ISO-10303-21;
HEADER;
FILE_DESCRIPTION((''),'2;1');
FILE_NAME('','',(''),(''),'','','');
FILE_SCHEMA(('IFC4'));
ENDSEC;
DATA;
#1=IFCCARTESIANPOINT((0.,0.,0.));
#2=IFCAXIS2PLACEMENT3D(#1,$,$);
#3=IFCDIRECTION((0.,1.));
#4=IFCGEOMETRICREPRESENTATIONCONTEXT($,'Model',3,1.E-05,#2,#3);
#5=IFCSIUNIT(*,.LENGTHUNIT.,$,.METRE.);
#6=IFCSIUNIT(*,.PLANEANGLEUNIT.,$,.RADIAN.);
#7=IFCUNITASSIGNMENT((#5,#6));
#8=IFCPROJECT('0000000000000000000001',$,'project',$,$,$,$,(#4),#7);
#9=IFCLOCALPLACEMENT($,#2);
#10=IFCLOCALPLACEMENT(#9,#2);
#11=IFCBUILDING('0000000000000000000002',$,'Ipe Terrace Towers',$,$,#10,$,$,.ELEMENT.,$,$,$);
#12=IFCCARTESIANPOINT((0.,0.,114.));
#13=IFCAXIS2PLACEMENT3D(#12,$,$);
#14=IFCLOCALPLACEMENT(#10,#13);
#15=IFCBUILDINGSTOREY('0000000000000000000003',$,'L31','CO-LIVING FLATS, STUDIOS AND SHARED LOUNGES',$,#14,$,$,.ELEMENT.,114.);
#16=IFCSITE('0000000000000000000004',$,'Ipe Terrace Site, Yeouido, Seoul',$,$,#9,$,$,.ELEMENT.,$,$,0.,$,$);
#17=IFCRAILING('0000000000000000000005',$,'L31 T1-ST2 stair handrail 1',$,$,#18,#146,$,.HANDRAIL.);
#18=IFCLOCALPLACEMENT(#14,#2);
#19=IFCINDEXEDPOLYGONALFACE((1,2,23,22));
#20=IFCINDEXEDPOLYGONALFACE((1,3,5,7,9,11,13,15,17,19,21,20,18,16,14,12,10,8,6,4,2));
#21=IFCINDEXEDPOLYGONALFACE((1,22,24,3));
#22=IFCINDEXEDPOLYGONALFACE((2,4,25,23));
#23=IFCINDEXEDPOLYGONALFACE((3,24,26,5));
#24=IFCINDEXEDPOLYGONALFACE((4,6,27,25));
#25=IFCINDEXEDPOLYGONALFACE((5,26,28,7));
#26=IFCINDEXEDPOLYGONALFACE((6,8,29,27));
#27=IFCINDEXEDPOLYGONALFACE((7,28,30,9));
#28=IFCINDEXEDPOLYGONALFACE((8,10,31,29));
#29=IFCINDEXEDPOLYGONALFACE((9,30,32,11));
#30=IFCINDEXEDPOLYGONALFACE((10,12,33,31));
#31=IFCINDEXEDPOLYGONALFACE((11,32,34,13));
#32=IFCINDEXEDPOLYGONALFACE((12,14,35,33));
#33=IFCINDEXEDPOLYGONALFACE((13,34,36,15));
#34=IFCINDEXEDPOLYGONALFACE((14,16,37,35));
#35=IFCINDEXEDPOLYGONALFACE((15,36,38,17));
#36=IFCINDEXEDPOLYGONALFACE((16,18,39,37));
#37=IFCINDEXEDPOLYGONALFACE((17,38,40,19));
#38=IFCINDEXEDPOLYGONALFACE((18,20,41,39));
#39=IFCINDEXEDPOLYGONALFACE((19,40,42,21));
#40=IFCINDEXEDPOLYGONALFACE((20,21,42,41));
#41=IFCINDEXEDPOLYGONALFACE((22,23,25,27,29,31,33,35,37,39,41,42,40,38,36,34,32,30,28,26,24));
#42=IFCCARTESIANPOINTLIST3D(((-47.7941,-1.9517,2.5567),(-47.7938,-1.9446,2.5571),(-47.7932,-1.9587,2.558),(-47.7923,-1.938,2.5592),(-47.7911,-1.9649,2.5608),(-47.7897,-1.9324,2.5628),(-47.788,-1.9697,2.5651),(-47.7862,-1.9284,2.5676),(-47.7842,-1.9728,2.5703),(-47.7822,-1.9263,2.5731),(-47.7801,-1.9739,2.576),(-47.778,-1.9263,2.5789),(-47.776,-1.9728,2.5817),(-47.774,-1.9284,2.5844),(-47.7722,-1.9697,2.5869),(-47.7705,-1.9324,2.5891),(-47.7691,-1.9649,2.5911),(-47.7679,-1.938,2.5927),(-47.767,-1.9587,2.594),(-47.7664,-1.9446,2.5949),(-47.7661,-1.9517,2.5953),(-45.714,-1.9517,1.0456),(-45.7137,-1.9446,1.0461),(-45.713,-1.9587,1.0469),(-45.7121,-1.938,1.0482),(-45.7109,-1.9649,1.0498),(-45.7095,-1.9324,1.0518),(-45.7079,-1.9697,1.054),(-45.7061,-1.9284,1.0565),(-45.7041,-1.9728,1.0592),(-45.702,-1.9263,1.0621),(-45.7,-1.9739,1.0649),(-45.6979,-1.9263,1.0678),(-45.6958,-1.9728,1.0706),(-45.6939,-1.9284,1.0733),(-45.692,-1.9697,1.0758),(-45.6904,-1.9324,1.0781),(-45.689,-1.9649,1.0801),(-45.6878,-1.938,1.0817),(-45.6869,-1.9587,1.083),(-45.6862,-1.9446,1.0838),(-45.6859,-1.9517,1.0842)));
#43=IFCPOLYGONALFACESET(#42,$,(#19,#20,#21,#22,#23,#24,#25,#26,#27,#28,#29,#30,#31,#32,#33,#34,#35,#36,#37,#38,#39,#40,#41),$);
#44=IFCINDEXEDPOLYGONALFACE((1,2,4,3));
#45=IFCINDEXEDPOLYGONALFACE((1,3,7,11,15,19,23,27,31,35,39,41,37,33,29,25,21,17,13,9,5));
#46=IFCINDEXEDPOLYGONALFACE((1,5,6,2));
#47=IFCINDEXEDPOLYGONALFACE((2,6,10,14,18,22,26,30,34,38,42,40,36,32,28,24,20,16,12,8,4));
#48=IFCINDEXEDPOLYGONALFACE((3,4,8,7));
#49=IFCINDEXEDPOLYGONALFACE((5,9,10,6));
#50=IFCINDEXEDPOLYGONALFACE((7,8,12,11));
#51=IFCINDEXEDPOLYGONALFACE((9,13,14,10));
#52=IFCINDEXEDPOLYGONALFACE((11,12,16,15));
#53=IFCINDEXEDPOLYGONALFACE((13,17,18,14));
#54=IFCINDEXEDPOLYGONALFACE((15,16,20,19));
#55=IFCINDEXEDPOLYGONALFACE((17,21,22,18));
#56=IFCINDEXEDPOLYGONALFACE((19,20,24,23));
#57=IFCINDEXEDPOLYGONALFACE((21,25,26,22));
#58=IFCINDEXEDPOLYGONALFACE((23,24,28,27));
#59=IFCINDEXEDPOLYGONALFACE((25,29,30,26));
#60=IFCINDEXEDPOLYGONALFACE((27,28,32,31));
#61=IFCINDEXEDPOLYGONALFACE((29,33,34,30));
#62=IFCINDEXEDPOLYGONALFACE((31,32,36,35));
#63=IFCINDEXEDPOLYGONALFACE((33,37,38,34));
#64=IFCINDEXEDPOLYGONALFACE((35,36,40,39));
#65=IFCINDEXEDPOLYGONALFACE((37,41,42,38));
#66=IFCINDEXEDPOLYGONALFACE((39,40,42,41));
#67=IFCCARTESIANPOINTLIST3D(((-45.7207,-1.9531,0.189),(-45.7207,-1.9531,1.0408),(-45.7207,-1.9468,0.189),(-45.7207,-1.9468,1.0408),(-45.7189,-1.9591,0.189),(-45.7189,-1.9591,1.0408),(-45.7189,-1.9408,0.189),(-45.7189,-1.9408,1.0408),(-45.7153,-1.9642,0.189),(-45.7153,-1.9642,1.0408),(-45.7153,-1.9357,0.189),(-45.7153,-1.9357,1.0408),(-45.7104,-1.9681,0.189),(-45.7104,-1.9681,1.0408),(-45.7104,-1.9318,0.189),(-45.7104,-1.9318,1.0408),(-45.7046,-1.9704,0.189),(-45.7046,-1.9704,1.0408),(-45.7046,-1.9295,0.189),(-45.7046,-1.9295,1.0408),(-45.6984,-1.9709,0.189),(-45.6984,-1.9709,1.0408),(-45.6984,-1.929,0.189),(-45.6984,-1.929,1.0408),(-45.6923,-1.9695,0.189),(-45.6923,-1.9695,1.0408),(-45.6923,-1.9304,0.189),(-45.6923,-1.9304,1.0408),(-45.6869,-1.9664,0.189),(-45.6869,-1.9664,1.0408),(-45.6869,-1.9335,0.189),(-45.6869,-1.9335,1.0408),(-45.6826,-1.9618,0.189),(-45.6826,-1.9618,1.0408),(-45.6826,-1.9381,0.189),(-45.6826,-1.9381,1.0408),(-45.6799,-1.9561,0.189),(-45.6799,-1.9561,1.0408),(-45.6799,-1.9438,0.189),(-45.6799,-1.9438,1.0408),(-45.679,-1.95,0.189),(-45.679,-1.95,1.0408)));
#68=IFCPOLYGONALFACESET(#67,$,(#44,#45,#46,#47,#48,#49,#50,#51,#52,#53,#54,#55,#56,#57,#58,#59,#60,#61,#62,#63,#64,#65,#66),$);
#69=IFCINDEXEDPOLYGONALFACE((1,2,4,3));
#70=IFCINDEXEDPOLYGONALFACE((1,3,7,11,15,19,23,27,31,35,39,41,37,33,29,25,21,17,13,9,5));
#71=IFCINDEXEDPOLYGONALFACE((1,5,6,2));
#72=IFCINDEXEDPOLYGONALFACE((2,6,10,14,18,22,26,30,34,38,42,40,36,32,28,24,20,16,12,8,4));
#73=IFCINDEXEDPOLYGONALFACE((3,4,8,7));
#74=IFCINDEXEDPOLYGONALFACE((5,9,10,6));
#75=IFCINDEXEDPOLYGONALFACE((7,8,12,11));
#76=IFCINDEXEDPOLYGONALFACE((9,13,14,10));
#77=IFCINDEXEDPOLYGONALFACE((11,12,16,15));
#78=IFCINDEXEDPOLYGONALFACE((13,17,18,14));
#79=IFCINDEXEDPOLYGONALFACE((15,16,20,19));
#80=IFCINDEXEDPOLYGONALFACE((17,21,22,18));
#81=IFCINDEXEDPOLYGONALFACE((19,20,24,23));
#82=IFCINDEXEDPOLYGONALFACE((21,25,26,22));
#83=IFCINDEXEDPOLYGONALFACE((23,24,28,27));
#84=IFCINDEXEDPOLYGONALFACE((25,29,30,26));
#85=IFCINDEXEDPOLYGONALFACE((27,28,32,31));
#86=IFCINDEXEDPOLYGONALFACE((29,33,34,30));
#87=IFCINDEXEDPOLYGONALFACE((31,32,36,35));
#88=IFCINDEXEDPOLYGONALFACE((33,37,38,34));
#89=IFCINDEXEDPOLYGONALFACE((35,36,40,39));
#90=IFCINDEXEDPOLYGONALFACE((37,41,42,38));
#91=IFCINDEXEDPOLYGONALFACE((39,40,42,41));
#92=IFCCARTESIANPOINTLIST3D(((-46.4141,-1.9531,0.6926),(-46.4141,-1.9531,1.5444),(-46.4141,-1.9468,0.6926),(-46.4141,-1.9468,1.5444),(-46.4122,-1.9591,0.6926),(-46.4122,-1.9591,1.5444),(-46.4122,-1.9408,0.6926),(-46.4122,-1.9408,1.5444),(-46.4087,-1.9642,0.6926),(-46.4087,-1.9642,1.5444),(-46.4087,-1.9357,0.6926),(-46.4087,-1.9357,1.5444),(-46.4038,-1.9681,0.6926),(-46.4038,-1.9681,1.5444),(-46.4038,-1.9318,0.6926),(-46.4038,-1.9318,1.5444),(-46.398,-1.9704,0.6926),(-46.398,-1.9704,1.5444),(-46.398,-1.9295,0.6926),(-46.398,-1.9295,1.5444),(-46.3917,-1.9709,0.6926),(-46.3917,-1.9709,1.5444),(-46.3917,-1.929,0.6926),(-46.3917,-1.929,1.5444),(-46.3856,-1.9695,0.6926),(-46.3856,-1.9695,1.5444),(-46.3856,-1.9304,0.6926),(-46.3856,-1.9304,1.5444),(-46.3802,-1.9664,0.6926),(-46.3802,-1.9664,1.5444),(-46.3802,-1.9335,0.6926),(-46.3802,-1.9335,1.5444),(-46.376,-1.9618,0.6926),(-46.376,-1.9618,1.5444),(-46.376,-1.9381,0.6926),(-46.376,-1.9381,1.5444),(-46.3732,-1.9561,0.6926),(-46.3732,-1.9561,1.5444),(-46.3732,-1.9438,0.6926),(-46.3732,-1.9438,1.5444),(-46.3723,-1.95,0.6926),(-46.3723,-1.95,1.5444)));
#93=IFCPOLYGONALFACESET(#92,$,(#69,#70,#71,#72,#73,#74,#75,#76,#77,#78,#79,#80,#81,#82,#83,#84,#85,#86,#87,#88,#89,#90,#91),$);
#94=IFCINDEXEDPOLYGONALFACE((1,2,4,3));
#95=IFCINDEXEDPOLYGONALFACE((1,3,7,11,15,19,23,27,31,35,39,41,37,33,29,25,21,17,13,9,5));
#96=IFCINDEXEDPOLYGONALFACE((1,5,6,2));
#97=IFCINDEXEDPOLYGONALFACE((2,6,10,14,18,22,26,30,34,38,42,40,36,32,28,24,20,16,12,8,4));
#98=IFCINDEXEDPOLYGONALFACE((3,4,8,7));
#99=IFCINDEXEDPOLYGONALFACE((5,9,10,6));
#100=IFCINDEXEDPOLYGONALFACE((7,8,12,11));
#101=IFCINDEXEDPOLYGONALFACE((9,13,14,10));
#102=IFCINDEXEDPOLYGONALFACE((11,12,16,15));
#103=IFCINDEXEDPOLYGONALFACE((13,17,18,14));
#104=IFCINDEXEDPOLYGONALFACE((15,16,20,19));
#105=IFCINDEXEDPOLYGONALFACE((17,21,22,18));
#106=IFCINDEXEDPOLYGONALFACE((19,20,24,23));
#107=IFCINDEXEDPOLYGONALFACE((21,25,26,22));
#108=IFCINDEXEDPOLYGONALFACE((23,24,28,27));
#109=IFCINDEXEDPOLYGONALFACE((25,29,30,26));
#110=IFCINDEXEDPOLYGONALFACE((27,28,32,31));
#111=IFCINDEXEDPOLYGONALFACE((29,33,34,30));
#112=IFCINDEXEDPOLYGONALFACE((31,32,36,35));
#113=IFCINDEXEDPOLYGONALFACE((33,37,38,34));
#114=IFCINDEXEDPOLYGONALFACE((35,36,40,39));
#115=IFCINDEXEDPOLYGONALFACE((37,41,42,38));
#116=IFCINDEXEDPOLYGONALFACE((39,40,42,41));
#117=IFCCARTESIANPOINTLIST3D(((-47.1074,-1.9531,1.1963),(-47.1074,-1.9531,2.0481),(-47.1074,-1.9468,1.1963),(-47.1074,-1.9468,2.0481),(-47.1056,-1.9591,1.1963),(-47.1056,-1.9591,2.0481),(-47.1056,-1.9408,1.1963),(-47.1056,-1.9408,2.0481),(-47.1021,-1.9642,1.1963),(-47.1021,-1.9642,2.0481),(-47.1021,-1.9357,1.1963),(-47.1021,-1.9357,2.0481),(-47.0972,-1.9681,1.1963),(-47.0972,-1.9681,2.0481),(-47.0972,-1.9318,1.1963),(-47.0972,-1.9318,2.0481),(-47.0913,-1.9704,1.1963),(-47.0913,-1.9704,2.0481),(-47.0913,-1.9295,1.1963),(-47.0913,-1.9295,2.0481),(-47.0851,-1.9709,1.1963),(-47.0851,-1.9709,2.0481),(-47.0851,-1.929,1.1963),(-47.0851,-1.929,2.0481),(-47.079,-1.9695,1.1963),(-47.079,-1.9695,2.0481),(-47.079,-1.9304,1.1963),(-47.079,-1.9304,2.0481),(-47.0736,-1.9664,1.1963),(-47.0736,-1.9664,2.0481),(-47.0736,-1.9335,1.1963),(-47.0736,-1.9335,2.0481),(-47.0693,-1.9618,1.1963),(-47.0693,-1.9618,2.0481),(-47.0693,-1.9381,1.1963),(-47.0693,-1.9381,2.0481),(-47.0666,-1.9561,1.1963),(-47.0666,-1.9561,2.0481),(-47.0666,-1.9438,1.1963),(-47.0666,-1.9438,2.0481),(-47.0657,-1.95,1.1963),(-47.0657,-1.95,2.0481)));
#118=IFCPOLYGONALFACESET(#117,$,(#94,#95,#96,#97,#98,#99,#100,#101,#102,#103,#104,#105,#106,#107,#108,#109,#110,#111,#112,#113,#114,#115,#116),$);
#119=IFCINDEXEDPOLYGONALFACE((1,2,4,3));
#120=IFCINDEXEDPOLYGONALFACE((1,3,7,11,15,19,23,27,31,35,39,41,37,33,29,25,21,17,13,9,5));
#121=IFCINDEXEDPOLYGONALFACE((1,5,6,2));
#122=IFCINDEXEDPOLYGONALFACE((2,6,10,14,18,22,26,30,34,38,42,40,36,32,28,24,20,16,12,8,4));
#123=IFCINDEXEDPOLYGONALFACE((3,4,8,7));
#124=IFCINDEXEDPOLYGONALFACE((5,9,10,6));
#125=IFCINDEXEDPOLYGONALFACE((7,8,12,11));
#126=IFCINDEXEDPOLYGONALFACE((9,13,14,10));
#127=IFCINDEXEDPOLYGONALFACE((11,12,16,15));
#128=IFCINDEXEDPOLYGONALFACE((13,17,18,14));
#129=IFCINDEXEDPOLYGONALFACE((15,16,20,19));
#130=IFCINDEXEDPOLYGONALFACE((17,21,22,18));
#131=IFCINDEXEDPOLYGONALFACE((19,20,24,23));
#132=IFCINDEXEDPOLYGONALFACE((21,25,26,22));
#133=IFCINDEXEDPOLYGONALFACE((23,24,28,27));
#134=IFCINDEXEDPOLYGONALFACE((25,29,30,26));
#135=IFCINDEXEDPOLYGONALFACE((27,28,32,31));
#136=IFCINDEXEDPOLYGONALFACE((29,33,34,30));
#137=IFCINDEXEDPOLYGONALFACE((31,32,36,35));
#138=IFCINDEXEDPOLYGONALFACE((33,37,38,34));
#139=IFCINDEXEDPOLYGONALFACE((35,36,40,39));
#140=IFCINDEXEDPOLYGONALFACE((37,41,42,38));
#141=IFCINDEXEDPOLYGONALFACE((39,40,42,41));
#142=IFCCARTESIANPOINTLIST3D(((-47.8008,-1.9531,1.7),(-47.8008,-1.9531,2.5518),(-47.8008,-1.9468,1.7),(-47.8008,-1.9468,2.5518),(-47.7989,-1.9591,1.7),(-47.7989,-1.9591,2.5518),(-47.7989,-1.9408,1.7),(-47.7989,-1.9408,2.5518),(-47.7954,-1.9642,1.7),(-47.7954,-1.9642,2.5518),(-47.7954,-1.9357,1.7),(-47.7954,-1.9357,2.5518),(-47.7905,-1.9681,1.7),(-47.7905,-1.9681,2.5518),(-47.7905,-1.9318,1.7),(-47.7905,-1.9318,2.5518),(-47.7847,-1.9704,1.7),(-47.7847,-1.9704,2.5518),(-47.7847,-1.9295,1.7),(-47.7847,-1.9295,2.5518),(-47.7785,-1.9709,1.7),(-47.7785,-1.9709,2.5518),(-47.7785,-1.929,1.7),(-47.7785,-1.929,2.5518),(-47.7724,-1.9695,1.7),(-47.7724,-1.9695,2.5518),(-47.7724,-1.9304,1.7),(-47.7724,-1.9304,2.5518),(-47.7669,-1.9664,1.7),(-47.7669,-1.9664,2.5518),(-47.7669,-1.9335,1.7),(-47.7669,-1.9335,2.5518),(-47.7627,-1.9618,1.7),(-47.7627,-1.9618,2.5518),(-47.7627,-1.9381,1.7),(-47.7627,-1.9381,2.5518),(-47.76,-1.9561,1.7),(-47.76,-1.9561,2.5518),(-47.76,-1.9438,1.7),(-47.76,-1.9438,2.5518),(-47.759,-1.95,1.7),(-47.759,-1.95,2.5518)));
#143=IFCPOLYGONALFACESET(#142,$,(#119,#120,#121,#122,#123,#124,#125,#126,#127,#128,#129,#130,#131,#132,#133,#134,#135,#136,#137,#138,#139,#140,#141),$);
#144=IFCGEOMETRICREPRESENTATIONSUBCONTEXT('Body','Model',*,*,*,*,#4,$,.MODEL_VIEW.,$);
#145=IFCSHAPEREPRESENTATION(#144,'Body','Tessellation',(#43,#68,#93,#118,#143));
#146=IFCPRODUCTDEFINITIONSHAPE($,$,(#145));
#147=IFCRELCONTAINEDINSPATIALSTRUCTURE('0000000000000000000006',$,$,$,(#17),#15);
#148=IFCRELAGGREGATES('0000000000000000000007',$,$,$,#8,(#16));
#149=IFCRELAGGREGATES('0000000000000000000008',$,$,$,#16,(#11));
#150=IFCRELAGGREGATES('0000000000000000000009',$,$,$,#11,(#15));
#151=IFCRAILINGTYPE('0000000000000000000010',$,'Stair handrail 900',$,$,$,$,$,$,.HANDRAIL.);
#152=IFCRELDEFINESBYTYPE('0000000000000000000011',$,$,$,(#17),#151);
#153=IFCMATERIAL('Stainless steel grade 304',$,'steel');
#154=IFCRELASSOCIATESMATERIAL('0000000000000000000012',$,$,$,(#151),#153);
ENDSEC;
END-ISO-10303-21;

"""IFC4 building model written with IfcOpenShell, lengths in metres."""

from ifc_helpers import new_model, si_unit, direction, frame, origin, origin_2d, place, context, subcontext, project, spatial, circle, extrude, material, type_object, element, save


model = new_model("IFC4")

# Units and contexts
model_context = context("Model", 3, precision=1e-05, world=origin(), true_north=direction((0.0, 1.0)))
body_context = subcontext(model_context, "Body", "Model", "MODEL_VIEW")
ifc_project = project(units=[si_unit("LENGTHUNIT", "METRE"), si_unit("PLANEANGLEUNIT", "RADIAN")], contexts=[model_context])

# Site, building, storey
site_placement = place(None, origin())
site = spatial("IfcSite", under=ifc_project, at=site_placement, Name="Ipe Terrace Site, Yeouido, Seoul", CompositionType="ELEMENT", RefElevation=0.0)
building_placement = place(site_placement, origin())
building = spatial("IfcBuilding", under=site, at=building_placement, Name="Ipe Terrace Towers", CompositionType="ELEMENT")
storey_placement = place(building_placement, frame((0.0, 0.0, 114.0)))
storey = spatial("IfcBuildingStorey", under=building, at=storey_placement, Name="L31", Description="CO-LIVING FLATS, STUDIOS AND SHARED LOUNGES", CompositionType="ELEMENT", Elevation=114.0)

# Railing
ifc_material_1 = material(Name="Stainless steel grade 304", Category="steel")
railing_type_1 = type_object("IfcRailingType", Name="Stair handrail 900", PredefinedType="HANDRAIL", material=ifc_material_1)
railing_1_placement = place(storey_placement, frame((-45.7, -1.95, 0.189)))
element("IfcRailing", 1, at=railing_1_placement, inside=storey, type_object=railing_type_1, Name="L31 T1-ST2 stair handrail 1", PredefinedType="HANDRAIL", context=body_context, shape_type="SweptSolid", body=[
    extrude(circle(Radius=0.0239, at=origin_2d()), frame((0.0, 0.0, 0.876), z_axis=(-0.809069, 0.0, 0.587714), x_axis=(0.0, -1.0, 0.0)), (0.0, 0.0, 1.0), 2.571),
    extrude(circle(Radius=0.021, at=origin_2d()), origin(), (0.0, 0.0, 1.0), 0.8518),
    extrude(circle(Radius=0.021, at=origin_2d()), frame((-0.6934, 0.0, 0.5037)), (0.0, 0.0, 1.0), 0.8518),
    extrude(circle(Radius=0.021, at=origin_2d()), frame((-1.3867, 0.0, 1.0073)), (0.0, 0.0, 1.0), 0.8518),
    extrude(circle(Radius=0.021, at=origin_2d()), frame((-2.0801, 0.0, 1.511)), (0.0, 0.0, 1.0), 0.8518),
])

save(model, "model.ifc")
